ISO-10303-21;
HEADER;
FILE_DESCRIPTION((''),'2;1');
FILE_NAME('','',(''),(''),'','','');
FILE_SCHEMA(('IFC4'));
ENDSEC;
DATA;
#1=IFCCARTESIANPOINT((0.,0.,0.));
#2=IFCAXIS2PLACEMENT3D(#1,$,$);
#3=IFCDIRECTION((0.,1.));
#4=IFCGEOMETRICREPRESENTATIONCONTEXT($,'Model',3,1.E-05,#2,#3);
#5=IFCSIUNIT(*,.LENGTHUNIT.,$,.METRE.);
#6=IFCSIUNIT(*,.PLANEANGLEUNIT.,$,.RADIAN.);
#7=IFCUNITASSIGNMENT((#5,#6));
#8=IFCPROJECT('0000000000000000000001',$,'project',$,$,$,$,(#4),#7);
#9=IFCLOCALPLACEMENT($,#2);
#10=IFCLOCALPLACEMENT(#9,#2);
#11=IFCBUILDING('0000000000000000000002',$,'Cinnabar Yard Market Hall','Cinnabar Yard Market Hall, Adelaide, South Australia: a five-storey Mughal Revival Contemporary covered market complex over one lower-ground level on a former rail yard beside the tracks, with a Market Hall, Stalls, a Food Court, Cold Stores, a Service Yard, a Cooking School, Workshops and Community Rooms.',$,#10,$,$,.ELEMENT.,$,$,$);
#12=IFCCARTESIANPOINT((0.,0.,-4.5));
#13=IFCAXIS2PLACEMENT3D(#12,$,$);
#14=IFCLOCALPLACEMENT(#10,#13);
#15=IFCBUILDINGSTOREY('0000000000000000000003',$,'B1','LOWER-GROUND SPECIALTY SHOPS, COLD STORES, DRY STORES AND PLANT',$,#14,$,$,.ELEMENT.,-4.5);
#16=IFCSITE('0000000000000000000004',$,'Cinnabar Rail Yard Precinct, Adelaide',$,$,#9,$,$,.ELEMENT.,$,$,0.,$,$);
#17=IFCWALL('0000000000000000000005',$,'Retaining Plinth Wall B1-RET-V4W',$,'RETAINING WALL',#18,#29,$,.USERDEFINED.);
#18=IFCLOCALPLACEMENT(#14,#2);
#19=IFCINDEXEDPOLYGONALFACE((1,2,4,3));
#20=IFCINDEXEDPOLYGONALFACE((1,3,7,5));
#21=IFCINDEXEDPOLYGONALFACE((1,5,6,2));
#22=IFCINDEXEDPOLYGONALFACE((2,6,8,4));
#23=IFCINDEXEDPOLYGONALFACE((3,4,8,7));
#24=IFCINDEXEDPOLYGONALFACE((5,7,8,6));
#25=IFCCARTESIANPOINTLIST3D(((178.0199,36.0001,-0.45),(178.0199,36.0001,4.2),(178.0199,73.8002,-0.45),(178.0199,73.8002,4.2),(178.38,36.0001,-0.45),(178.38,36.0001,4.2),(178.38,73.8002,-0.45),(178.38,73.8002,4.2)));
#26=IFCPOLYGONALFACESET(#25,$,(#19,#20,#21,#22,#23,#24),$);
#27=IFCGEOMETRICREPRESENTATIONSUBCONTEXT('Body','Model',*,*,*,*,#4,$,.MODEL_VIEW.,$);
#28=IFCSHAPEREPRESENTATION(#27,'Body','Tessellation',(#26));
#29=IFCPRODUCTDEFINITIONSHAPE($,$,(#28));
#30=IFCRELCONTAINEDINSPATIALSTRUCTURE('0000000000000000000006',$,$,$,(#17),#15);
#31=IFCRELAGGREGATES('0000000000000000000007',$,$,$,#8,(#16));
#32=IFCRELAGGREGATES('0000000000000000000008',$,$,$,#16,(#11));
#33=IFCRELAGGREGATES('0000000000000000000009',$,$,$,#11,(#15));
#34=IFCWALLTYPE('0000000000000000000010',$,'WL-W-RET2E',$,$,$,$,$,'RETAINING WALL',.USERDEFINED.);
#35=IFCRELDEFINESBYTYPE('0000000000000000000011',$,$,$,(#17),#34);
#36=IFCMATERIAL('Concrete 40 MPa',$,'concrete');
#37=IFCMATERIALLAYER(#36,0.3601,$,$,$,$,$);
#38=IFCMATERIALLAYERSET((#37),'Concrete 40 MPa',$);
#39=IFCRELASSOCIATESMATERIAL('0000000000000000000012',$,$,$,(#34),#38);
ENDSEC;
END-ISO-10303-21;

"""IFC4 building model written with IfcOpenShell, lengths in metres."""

from ifc_helpers import new_model, si_unit, direction, frame, frame_2d, origin, place, context, subcontext, project, spatial, rectangle, extrude, material, layer, layer_set, type_object, element, save


model = new_model("IFC4")

# Units and contexts
model_context = context("Model", 3, precision=1e-05, world=origin(), true_north=direction((0.0, 1.0)))
body_context = subcontext(model_context, "Body", "Model", "MODEL_VIEW")
ifc_project = project(units=[si_unit("LENGTHUNIT", "METRE"), si_unit("PLANEANGLEUNIT", "RADIAN")], contexts=[model_context])

# Site, building, storey
site_placement = place(None, origin())
site = spatial("IfcSite", under=ifc_project, at=site_placement, Name="Cinnabar Rail Yard Precinct, Adelaide", CompositionType="ELEMENT", RefElevation=0.0)
building_placement = place(site_placement, origin())
building = spatial("IfcBuilding", under=site, at=building_placement, Name="Cinnabar Yard Market Hall", Description="Cinnabar Yard Market Hall, Adelaide, South Australia: a five-storey Mughal Revival Contemporary covered market complex over one lower-ground level on a former rail yard beside the tracks, with a Market Hall, Stalls, a Food Court, Cold Stores, a Service Yard, a Cooking School, Workshops and Community Rooms.", CompositionType="ELEMENT")
storey_placement = place(building_placement, frame((0.0, 0.0, -4.5)))
storey = spatial("IfcBuildingStorey", under=building, at=storey_placement, Name="B1", Description="LOWER-GROUND SPECIALTY SHOPS, COLD STORES, DRY STORES AND PLANT", CompositionType="ELEMENT", Elevation=-4.5)

# Shared definitions
ifc_material_1 = material(Name="Concrete 40 MPa", Category="concrete")

# Wall
ifc_layer_1 = layer(ifc_material_1, 0.3601)
ifc_layer_set_1 = layer_set([ifc_layer_1], Name="Concrete 40 MPa")
wall_type = type_object("IfcWallType", Name="WL-W-RET2E", ElementType="RETAINING WALL", PredefinedType="USERDEFINED", material=ifc_layer_set_1)
wall_placement = place(storey_placement, frame((178.2, 73.8, -0.45), z_axis=(0.0, 0.0, 1.0), x_axis=(0.0, -1.0, 0.0)))
element("IfcWall", 1, at=wall_placement, inside=storey, type_object=wall_type, Name="Retaining Plinth Wall B1-RET-V4W", ObjectType="RETAINING WALL", PredefinedType="USERDEFINED", context=body_context, shape_type="SweptSolid", body=[
    extrude(rectangle(XDim=37.8, YDim=0.3601, at=frame_2d((18.8999, 0.0), x_axis=(1.0, 0.0))), origin(), (0.0, 0.0, 1.0), 4.6499),
])

save(model, "model.ifc")
